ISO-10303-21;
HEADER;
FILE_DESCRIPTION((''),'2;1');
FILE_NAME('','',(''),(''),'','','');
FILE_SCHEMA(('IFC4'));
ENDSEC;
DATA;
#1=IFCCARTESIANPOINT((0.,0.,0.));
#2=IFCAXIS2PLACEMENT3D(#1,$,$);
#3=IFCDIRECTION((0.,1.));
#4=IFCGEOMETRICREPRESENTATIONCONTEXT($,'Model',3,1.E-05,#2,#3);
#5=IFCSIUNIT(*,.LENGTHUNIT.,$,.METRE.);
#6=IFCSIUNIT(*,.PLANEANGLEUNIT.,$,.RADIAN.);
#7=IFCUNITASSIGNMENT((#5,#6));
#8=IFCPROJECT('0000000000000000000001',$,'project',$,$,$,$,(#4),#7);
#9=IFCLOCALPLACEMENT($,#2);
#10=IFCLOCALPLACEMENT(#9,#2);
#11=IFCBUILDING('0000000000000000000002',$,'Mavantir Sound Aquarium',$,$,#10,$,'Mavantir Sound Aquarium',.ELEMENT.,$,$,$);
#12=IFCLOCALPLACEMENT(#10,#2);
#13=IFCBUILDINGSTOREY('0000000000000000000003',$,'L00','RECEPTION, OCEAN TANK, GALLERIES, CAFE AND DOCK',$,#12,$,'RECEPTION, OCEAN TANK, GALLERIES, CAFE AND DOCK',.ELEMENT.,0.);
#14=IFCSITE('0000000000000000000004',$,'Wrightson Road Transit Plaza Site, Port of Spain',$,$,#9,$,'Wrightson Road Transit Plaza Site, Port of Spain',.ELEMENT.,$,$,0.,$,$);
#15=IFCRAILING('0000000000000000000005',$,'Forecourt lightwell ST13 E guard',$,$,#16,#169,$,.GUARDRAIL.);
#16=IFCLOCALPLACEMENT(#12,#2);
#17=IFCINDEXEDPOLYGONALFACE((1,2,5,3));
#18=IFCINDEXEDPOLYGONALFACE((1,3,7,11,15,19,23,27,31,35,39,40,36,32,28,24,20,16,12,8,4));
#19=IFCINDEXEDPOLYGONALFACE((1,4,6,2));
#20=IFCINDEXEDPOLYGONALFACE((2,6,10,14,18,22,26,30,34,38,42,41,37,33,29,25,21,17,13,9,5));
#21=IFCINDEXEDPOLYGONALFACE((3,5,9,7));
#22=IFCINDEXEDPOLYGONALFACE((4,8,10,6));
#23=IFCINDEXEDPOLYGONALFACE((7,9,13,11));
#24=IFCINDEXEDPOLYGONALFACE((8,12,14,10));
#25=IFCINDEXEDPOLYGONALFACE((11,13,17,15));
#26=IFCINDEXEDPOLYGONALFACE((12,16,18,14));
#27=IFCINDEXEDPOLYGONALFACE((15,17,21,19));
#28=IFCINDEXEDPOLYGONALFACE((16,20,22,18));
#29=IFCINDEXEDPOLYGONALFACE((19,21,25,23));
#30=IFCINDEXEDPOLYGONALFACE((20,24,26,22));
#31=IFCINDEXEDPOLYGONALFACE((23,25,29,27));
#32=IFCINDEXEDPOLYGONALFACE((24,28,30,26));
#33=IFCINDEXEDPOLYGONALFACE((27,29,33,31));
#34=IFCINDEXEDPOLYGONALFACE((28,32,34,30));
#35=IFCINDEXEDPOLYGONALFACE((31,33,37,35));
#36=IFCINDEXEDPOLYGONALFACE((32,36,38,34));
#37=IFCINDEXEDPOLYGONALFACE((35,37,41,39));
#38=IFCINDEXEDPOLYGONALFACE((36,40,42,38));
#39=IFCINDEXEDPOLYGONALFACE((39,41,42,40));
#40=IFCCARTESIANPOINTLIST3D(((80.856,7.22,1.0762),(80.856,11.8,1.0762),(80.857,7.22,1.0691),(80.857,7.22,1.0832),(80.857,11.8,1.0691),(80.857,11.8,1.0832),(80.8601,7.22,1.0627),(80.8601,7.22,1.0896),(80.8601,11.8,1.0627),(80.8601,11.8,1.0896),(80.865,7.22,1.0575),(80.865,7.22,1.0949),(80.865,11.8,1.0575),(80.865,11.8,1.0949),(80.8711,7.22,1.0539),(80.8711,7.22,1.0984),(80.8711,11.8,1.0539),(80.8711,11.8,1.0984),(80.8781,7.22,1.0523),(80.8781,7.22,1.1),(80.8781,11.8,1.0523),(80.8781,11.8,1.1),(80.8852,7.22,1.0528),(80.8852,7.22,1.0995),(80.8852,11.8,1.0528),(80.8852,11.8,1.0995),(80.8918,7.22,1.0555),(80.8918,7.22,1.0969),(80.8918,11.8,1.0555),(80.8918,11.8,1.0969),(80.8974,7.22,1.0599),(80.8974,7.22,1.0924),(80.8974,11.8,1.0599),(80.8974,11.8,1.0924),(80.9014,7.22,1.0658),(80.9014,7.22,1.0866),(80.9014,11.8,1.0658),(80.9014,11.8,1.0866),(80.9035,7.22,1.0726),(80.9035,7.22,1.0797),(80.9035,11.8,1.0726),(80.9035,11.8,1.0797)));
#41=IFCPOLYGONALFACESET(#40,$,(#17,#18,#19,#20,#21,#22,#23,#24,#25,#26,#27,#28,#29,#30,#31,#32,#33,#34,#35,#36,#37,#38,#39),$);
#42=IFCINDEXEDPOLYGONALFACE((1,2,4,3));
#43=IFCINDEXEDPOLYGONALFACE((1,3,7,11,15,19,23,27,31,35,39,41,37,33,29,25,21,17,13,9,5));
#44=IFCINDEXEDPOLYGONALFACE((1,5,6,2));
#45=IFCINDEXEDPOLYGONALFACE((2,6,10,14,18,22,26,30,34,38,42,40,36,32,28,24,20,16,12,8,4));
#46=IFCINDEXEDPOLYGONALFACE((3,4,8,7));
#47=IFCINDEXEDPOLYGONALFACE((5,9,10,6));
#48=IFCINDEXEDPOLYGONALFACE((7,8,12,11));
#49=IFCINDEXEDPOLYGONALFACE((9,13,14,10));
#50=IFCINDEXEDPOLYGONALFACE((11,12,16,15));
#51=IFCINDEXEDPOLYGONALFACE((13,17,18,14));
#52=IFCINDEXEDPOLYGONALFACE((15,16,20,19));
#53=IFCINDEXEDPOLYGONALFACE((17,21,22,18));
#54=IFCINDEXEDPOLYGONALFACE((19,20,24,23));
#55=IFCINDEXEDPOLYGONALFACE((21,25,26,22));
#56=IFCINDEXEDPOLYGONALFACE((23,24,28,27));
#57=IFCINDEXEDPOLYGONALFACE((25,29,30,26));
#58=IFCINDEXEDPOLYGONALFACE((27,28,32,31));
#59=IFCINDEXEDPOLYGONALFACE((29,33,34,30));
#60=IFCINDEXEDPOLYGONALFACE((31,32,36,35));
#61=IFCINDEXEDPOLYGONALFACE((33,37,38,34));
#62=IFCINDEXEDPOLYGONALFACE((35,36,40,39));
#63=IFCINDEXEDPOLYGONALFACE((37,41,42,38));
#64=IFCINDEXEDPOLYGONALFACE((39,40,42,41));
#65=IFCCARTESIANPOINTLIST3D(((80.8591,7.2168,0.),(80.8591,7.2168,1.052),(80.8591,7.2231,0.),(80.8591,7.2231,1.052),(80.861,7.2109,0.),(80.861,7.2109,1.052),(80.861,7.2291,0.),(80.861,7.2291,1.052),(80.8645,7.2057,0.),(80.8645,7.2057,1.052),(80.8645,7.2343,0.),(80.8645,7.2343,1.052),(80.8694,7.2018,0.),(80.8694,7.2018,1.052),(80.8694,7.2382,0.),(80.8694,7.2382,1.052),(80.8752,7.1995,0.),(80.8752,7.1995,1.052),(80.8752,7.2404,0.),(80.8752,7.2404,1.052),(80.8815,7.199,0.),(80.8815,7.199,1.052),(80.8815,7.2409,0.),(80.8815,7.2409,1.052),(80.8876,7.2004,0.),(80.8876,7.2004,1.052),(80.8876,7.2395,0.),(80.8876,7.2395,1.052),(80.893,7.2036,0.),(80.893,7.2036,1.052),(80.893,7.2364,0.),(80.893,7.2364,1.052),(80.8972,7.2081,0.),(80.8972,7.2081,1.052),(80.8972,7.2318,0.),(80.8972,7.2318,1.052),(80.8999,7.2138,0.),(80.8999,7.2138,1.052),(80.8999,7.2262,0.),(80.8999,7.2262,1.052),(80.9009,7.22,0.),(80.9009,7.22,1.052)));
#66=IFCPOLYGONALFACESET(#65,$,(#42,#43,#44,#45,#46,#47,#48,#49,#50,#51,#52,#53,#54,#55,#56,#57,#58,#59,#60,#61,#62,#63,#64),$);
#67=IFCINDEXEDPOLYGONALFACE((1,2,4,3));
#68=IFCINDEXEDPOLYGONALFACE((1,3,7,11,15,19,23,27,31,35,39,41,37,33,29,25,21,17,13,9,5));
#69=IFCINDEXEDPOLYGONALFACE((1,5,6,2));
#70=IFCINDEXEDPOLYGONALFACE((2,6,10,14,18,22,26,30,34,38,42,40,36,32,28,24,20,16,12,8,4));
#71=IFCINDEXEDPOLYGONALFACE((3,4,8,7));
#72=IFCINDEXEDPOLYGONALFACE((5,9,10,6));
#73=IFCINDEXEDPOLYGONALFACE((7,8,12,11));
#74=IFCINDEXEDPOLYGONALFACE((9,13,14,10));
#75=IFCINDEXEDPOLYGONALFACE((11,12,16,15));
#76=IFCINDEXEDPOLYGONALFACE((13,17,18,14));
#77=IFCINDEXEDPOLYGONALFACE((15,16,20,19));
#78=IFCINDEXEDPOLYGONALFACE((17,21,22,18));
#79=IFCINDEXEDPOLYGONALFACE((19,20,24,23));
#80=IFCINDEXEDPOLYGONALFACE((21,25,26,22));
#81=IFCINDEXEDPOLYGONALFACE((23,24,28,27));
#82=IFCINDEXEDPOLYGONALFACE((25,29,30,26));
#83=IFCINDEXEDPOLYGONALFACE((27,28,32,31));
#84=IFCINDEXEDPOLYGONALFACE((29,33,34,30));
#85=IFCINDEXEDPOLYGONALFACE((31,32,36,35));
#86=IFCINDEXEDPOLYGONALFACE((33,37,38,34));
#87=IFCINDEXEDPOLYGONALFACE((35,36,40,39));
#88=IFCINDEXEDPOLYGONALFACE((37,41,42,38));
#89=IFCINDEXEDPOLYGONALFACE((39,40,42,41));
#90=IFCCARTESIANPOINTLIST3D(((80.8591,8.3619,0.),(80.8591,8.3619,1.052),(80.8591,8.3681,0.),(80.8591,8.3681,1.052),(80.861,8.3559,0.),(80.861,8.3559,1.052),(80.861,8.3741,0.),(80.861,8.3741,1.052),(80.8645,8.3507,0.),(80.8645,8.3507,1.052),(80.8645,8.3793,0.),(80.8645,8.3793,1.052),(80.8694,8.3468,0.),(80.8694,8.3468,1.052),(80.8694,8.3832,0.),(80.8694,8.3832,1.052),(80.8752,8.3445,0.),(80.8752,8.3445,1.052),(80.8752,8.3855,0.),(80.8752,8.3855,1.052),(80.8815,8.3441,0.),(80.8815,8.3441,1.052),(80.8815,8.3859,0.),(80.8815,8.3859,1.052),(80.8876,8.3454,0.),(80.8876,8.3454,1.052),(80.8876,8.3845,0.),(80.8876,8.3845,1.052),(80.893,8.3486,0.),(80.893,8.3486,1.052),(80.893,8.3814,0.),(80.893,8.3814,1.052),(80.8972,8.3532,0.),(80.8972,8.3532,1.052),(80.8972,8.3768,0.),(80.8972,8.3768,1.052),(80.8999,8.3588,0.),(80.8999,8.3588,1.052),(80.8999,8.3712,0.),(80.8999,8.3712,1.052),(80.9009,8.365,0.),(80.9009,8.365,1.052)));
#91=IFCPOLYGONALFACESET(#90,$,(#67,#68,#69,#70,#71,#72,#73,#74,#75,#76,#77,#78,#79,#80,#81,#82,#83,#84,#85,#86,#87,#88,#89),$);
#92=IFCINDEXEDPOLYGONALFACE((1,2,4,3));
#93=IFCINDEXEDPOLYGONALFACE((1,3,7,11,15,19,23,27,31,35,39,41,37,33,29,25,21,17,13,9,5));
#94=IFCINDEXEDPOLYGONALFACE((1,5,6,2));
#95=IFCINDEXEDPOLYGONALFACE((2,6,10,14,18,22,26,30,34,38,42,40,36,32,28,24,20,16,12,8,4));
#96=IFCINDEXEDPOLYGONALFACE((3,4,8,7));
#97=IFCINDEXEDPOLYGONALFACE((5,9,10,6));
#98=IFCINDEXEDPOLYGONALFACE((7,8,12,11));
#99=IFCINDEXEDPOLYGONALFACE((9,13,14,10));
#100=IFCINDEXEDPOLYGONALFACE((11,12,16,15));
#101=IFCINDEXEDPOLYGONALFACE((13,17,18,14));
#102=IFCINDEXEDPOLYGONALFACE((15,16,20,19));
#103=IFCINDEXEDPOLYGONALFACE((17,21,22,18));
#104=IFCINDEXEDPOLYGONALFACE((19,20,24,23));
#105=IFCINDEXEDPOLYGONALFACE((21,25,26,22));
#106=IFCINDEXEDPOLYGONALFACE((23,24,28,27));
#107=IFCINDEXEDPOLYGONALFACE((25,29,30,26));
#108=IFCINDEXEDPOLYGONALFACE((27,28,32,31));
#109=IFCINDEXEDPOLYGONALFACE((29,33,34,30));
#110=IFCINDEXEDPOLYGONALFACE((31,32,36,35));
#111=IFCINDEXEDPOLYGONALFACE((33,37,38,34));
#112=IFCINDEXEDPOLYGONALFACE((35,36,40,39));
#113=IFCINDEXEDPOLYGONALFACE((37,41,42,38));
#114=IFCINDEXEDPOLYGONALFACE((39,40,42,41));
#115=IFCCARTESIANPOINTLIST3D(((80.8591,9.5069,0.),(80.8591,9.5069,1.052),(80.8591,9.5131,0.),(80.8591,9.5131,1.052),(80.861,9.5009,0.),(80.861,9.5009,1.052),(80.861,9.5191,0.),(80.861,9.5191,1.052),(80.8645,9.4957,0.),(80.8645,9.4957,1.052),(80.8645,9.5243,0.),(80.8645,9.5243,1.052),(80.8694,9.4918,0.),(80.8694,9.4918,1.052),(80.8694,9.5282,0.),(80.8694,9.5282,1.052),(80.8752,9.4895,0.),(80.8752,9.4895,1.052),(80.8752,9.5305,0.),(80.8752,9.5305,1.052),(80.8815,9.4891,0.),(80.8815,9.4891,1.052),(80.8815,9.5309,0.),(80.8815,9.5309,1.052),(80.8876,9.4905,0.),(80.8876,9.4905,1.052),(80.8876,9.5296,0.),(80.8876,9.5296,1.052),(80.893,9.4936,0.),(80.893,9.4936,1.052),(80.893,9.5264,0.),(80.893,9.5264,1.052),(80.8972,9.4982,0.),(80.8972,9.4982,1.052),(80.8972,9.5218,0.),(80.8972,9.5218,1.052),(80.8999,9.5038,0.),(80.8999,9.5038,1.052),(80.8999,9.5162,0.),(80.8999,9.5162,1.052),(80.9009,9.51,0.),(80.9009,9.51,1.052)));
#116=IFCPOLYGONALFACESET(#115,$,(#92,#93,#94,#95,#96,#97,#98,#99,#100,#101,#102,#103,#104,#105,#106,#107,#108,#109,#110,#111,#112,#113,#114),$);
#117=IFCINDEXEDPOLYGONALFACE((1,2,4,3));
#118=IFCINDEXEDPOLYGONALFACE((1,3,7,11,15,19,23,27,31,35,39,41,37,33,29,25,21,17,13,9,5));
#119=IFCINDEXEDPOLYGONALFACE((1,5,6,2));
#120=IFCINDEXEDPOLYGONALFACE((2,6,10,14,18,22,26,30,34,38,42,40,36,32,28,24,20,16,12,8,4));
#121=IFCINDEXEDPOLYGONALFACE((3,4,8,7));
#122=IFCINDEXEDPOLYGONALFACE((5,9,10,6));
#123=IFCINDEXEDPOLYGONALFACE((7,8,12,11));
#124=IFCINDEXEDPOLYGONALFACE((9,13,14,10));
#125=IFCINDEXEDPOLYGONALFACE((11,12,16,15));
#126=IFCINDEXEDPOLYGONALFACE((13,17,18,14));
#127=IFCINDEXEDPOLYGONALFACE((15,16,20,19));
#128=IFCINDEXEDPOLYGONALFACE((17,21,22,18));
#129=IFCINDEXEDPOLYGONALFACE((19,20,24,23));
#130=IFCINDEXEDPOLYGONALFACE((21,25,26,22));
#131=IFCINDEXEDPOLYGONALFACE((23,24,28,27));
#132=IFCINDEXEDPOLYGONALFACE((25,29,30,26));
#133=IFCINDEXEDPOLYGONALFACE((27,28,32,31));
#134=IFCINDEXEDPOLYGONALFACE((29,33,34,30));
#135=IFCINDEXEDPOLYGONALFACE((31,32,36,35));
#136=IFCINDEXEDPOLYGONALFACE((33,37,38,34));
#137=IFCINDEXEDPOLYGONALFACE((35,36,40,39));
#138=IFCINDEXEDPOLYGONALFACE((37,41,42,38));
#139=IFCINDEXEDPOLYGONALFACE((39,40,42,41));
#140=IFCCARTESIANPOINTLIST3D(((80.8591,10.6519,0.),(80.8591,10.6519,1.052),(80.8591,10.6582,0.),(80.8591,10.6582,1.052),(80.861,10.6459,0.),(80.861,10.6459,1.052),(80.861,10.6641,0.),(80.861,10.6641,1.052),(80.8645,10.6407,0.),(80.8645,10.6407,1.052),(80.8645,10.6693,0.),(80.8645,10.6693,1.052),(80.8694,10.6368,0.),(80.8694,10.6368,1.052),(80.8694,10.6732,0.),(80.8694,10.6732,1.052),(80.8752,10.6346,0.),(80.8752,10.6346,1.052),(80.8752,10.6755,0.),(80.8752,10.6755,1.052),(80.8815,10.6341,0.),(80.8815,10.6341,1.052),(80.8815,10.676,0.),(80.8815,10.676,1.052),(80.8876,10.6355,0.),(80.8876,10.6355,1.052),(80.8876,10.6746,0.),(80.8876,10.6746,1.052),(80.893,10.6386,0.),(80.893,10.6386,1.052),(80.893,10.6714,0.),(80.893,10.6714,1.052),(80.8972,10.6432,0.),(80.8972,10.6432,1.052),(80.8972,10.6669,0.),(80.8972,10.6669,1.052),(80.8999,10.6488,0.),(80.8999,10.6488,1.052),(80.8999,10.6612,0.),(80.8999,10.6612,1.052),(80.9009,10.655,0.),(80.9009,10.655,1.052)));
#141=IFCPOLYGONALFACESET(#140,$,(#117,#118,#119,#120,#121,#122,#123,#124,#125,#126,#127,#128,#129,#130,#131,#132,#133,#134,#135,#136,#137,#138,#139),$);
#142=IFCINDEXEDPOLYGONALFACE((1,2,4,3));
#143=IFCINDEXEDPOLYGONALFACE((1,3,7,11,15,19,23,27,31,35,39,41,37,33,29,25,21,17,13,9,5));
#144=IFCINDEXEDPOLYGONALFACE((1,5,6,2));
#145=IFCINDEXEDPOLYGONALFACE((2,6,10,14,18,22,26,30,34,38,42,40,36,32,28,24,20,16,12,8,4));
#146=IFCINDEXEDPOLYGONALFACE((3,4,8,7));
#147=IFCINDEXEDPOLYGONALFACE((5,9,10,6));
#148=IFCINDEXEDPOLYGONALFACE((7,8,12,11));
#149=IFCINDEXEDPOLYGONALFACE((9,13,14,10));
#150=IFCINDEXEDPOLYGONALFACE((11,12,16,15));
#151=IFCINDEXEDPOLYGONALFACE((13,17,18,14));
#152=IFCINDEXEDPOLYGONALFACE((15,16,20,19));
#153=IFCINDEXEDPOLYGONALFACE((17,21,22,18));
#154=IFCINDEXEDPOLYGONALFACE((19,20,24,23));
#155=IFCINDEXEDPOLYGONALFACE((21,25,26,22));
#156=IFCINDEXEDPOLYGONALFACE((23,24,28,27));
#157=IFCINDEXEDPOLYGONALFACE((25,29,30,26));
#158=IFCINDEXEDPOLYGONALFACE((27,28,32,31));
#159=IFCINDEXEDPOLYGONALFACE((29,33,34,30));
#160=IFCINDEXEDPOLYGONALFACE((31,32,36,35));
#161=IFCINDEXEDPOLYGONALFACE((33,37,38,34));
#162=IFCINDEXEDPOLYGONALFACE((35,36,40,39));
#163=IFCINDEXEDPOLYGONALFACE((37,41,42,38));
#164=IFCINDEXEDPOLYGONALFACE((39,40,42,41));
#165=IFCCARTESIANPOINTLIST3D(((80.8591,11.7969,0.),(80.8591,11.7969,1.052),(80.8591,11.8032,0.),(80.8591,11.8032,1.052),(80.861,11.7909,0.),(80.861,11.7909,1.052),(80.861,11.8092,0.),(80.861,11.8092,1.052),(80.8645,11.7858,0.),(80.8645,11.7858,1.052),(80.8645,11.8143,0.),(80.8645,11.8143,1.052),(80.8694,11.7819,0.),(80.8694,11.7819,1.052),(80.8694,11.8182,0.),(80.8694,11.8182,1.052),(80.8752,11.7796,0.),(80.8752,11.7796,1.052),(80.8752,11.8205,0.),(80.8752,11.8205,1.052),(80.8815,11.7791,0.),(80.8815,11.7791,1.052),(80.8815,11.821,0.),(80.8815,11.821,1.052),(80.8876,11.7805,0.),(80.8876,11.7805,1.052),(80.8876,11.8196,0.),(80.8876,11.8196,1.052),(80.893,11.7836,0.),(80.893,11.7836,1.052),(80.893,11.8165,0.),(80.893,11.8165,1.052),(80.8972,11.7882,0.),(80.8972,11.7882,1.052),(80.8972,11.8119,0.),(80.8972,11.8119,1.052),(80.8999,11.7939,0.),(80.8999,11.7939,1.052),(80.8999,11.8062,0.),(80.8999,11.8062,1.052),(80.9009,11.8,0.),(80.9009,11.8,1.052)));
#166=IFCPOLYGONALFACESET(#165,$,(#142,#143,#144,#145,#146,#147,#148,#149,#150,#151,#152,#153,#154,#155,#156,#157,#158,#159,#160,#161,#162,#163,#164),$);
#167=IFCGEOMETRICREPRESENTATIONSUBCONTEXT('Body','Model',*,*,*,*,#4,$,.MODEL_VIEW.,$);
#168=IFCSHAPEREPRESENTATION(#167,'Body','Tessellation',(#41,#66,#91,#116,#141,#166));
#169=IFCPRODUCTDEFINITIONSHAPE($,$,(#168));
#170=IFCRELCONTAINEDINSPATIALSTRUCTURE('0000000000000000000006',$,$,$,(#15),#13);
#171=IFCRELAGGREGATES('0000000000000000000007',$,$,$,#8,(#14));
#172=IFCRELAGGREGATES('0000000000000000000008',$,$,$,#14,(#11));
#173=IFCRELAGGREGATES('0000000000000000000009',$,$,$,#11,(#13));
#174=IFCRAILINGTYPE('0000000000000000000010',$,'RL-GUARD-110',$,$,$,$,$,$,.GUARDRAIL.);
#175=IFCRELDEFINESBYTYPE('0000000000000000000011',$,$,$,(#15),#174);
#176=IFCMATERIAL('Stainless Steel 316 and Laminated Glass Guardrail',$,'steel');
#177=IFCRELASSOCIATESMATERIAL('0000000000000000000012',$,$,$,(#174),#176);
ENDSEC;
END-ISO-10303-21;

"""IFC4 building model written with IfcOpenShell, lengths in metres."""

from ifc_helpers import new_model, si_unit, direction, frame, origin, origin_2d, place, context, subcontext, project, spatial, circle, extrude, material, type_object, element, save


model = new_model("IFC4")

# Units and contexts
model_context = context("Model", 3, precision=1e-05, world=origin(), true_north=direction((0.0, 1.0)))
body_context = subcontext(model_context, "Body", "Model", "MODEL_VIEW")
ifc_project = project(units=[si_unit("LENGTHUNIT", "METRE"), si_unit("PLANEANGLEUNIT", "RADIAN")], contexts=[model_context])

# Site, building, storey
site_placement = place(None, origin())
site = spatial("IfcSite", under=ifc_project, at=site_placement, Name="Wrightson Road Transit Plaza Site, Port of Spain", LongName="Wrightson Road Transit Plaza Site, Port of Spain", CompositionType="ELEMENT", RefElevation=0.0)
building_placement = place(site_placement, origin())
building = spatial("IfcBuilding", under=site, at=building_placement, Name="Mavantir Sound Aquarium", LongName="Mavantir Sound Aquarium", CompositionType="ELEMENT")
storey_placement = place(building_placement, origin())
storey = spatial("IfcBuildingStorey", under=building, at=storey_placement, Name="L00", Description="RECEPTION, OCEAN TANK, GALLERIES, CAFE AND DOCK", LongName="RECEPTION, OCEAN TANK, GALLERIES, CAFE AND DOCK", CompositionType="ELEMENT", Elevation=0.0)

# Railing
ifc_material_1 = material(Name="Stainless Steel 316 and Laminated Glass Guardrail", Category="steel")
railing_type_1 = type_object("IfcRailingType", Name="RL-GUARD-110", PredefinedType="GUARDRAIL", material=ifc_material_1)
railing_1_placement = place(storey_placement, frame((80.8799, 7.22, 0.0)))
element("IfcRailing", 1, at=railing_1_placement, inside=storey, type_object=railing_type_1, Name="Forecourt lightwell ST13 E guard", PredefinedType="GUARDRAIL", context=body_context, shape_type="SweptSolid", body=[
    extrude(circle(Radius=0.0239, at=origin_2d()), frame((0.0, 0.0, 1.0762), z_axis=(0.0, 1.0, 0.0), x_axis=(-1.0, 0.0, 0.0)), (0.0, 0.0, 1.0), 4.5801),
    extrude(circle(Radius=0.021, at=origin_2d()), origin(), (0.0, 0.0, 1.0), 1.052),
    extrude(circle(Radius=0.021, at=origin_2d()), frame((0.0, 1.145, 0.0)), (0.0, 0.0, 1.0), 1.052),
    extrude(circle(Radius=0.021, at=origin_2d()), frame((0.0, 2.29, 0.0)), (0.0, 0.0, 1.0), 1.052),
    extrude(circle(Radius=0.021, at=origin_2d()), frame((0.0, 3.4351, 0.0)), (0.0, 0.0, 1.0), 1.052),
    extrude(circle(Radius=0.021, at=origin_2d()), frame((0.0, 4.5801, 0.0)), (0.0, 0.0, 1.0), 1.052),
])

save(model, "model.ifc")
